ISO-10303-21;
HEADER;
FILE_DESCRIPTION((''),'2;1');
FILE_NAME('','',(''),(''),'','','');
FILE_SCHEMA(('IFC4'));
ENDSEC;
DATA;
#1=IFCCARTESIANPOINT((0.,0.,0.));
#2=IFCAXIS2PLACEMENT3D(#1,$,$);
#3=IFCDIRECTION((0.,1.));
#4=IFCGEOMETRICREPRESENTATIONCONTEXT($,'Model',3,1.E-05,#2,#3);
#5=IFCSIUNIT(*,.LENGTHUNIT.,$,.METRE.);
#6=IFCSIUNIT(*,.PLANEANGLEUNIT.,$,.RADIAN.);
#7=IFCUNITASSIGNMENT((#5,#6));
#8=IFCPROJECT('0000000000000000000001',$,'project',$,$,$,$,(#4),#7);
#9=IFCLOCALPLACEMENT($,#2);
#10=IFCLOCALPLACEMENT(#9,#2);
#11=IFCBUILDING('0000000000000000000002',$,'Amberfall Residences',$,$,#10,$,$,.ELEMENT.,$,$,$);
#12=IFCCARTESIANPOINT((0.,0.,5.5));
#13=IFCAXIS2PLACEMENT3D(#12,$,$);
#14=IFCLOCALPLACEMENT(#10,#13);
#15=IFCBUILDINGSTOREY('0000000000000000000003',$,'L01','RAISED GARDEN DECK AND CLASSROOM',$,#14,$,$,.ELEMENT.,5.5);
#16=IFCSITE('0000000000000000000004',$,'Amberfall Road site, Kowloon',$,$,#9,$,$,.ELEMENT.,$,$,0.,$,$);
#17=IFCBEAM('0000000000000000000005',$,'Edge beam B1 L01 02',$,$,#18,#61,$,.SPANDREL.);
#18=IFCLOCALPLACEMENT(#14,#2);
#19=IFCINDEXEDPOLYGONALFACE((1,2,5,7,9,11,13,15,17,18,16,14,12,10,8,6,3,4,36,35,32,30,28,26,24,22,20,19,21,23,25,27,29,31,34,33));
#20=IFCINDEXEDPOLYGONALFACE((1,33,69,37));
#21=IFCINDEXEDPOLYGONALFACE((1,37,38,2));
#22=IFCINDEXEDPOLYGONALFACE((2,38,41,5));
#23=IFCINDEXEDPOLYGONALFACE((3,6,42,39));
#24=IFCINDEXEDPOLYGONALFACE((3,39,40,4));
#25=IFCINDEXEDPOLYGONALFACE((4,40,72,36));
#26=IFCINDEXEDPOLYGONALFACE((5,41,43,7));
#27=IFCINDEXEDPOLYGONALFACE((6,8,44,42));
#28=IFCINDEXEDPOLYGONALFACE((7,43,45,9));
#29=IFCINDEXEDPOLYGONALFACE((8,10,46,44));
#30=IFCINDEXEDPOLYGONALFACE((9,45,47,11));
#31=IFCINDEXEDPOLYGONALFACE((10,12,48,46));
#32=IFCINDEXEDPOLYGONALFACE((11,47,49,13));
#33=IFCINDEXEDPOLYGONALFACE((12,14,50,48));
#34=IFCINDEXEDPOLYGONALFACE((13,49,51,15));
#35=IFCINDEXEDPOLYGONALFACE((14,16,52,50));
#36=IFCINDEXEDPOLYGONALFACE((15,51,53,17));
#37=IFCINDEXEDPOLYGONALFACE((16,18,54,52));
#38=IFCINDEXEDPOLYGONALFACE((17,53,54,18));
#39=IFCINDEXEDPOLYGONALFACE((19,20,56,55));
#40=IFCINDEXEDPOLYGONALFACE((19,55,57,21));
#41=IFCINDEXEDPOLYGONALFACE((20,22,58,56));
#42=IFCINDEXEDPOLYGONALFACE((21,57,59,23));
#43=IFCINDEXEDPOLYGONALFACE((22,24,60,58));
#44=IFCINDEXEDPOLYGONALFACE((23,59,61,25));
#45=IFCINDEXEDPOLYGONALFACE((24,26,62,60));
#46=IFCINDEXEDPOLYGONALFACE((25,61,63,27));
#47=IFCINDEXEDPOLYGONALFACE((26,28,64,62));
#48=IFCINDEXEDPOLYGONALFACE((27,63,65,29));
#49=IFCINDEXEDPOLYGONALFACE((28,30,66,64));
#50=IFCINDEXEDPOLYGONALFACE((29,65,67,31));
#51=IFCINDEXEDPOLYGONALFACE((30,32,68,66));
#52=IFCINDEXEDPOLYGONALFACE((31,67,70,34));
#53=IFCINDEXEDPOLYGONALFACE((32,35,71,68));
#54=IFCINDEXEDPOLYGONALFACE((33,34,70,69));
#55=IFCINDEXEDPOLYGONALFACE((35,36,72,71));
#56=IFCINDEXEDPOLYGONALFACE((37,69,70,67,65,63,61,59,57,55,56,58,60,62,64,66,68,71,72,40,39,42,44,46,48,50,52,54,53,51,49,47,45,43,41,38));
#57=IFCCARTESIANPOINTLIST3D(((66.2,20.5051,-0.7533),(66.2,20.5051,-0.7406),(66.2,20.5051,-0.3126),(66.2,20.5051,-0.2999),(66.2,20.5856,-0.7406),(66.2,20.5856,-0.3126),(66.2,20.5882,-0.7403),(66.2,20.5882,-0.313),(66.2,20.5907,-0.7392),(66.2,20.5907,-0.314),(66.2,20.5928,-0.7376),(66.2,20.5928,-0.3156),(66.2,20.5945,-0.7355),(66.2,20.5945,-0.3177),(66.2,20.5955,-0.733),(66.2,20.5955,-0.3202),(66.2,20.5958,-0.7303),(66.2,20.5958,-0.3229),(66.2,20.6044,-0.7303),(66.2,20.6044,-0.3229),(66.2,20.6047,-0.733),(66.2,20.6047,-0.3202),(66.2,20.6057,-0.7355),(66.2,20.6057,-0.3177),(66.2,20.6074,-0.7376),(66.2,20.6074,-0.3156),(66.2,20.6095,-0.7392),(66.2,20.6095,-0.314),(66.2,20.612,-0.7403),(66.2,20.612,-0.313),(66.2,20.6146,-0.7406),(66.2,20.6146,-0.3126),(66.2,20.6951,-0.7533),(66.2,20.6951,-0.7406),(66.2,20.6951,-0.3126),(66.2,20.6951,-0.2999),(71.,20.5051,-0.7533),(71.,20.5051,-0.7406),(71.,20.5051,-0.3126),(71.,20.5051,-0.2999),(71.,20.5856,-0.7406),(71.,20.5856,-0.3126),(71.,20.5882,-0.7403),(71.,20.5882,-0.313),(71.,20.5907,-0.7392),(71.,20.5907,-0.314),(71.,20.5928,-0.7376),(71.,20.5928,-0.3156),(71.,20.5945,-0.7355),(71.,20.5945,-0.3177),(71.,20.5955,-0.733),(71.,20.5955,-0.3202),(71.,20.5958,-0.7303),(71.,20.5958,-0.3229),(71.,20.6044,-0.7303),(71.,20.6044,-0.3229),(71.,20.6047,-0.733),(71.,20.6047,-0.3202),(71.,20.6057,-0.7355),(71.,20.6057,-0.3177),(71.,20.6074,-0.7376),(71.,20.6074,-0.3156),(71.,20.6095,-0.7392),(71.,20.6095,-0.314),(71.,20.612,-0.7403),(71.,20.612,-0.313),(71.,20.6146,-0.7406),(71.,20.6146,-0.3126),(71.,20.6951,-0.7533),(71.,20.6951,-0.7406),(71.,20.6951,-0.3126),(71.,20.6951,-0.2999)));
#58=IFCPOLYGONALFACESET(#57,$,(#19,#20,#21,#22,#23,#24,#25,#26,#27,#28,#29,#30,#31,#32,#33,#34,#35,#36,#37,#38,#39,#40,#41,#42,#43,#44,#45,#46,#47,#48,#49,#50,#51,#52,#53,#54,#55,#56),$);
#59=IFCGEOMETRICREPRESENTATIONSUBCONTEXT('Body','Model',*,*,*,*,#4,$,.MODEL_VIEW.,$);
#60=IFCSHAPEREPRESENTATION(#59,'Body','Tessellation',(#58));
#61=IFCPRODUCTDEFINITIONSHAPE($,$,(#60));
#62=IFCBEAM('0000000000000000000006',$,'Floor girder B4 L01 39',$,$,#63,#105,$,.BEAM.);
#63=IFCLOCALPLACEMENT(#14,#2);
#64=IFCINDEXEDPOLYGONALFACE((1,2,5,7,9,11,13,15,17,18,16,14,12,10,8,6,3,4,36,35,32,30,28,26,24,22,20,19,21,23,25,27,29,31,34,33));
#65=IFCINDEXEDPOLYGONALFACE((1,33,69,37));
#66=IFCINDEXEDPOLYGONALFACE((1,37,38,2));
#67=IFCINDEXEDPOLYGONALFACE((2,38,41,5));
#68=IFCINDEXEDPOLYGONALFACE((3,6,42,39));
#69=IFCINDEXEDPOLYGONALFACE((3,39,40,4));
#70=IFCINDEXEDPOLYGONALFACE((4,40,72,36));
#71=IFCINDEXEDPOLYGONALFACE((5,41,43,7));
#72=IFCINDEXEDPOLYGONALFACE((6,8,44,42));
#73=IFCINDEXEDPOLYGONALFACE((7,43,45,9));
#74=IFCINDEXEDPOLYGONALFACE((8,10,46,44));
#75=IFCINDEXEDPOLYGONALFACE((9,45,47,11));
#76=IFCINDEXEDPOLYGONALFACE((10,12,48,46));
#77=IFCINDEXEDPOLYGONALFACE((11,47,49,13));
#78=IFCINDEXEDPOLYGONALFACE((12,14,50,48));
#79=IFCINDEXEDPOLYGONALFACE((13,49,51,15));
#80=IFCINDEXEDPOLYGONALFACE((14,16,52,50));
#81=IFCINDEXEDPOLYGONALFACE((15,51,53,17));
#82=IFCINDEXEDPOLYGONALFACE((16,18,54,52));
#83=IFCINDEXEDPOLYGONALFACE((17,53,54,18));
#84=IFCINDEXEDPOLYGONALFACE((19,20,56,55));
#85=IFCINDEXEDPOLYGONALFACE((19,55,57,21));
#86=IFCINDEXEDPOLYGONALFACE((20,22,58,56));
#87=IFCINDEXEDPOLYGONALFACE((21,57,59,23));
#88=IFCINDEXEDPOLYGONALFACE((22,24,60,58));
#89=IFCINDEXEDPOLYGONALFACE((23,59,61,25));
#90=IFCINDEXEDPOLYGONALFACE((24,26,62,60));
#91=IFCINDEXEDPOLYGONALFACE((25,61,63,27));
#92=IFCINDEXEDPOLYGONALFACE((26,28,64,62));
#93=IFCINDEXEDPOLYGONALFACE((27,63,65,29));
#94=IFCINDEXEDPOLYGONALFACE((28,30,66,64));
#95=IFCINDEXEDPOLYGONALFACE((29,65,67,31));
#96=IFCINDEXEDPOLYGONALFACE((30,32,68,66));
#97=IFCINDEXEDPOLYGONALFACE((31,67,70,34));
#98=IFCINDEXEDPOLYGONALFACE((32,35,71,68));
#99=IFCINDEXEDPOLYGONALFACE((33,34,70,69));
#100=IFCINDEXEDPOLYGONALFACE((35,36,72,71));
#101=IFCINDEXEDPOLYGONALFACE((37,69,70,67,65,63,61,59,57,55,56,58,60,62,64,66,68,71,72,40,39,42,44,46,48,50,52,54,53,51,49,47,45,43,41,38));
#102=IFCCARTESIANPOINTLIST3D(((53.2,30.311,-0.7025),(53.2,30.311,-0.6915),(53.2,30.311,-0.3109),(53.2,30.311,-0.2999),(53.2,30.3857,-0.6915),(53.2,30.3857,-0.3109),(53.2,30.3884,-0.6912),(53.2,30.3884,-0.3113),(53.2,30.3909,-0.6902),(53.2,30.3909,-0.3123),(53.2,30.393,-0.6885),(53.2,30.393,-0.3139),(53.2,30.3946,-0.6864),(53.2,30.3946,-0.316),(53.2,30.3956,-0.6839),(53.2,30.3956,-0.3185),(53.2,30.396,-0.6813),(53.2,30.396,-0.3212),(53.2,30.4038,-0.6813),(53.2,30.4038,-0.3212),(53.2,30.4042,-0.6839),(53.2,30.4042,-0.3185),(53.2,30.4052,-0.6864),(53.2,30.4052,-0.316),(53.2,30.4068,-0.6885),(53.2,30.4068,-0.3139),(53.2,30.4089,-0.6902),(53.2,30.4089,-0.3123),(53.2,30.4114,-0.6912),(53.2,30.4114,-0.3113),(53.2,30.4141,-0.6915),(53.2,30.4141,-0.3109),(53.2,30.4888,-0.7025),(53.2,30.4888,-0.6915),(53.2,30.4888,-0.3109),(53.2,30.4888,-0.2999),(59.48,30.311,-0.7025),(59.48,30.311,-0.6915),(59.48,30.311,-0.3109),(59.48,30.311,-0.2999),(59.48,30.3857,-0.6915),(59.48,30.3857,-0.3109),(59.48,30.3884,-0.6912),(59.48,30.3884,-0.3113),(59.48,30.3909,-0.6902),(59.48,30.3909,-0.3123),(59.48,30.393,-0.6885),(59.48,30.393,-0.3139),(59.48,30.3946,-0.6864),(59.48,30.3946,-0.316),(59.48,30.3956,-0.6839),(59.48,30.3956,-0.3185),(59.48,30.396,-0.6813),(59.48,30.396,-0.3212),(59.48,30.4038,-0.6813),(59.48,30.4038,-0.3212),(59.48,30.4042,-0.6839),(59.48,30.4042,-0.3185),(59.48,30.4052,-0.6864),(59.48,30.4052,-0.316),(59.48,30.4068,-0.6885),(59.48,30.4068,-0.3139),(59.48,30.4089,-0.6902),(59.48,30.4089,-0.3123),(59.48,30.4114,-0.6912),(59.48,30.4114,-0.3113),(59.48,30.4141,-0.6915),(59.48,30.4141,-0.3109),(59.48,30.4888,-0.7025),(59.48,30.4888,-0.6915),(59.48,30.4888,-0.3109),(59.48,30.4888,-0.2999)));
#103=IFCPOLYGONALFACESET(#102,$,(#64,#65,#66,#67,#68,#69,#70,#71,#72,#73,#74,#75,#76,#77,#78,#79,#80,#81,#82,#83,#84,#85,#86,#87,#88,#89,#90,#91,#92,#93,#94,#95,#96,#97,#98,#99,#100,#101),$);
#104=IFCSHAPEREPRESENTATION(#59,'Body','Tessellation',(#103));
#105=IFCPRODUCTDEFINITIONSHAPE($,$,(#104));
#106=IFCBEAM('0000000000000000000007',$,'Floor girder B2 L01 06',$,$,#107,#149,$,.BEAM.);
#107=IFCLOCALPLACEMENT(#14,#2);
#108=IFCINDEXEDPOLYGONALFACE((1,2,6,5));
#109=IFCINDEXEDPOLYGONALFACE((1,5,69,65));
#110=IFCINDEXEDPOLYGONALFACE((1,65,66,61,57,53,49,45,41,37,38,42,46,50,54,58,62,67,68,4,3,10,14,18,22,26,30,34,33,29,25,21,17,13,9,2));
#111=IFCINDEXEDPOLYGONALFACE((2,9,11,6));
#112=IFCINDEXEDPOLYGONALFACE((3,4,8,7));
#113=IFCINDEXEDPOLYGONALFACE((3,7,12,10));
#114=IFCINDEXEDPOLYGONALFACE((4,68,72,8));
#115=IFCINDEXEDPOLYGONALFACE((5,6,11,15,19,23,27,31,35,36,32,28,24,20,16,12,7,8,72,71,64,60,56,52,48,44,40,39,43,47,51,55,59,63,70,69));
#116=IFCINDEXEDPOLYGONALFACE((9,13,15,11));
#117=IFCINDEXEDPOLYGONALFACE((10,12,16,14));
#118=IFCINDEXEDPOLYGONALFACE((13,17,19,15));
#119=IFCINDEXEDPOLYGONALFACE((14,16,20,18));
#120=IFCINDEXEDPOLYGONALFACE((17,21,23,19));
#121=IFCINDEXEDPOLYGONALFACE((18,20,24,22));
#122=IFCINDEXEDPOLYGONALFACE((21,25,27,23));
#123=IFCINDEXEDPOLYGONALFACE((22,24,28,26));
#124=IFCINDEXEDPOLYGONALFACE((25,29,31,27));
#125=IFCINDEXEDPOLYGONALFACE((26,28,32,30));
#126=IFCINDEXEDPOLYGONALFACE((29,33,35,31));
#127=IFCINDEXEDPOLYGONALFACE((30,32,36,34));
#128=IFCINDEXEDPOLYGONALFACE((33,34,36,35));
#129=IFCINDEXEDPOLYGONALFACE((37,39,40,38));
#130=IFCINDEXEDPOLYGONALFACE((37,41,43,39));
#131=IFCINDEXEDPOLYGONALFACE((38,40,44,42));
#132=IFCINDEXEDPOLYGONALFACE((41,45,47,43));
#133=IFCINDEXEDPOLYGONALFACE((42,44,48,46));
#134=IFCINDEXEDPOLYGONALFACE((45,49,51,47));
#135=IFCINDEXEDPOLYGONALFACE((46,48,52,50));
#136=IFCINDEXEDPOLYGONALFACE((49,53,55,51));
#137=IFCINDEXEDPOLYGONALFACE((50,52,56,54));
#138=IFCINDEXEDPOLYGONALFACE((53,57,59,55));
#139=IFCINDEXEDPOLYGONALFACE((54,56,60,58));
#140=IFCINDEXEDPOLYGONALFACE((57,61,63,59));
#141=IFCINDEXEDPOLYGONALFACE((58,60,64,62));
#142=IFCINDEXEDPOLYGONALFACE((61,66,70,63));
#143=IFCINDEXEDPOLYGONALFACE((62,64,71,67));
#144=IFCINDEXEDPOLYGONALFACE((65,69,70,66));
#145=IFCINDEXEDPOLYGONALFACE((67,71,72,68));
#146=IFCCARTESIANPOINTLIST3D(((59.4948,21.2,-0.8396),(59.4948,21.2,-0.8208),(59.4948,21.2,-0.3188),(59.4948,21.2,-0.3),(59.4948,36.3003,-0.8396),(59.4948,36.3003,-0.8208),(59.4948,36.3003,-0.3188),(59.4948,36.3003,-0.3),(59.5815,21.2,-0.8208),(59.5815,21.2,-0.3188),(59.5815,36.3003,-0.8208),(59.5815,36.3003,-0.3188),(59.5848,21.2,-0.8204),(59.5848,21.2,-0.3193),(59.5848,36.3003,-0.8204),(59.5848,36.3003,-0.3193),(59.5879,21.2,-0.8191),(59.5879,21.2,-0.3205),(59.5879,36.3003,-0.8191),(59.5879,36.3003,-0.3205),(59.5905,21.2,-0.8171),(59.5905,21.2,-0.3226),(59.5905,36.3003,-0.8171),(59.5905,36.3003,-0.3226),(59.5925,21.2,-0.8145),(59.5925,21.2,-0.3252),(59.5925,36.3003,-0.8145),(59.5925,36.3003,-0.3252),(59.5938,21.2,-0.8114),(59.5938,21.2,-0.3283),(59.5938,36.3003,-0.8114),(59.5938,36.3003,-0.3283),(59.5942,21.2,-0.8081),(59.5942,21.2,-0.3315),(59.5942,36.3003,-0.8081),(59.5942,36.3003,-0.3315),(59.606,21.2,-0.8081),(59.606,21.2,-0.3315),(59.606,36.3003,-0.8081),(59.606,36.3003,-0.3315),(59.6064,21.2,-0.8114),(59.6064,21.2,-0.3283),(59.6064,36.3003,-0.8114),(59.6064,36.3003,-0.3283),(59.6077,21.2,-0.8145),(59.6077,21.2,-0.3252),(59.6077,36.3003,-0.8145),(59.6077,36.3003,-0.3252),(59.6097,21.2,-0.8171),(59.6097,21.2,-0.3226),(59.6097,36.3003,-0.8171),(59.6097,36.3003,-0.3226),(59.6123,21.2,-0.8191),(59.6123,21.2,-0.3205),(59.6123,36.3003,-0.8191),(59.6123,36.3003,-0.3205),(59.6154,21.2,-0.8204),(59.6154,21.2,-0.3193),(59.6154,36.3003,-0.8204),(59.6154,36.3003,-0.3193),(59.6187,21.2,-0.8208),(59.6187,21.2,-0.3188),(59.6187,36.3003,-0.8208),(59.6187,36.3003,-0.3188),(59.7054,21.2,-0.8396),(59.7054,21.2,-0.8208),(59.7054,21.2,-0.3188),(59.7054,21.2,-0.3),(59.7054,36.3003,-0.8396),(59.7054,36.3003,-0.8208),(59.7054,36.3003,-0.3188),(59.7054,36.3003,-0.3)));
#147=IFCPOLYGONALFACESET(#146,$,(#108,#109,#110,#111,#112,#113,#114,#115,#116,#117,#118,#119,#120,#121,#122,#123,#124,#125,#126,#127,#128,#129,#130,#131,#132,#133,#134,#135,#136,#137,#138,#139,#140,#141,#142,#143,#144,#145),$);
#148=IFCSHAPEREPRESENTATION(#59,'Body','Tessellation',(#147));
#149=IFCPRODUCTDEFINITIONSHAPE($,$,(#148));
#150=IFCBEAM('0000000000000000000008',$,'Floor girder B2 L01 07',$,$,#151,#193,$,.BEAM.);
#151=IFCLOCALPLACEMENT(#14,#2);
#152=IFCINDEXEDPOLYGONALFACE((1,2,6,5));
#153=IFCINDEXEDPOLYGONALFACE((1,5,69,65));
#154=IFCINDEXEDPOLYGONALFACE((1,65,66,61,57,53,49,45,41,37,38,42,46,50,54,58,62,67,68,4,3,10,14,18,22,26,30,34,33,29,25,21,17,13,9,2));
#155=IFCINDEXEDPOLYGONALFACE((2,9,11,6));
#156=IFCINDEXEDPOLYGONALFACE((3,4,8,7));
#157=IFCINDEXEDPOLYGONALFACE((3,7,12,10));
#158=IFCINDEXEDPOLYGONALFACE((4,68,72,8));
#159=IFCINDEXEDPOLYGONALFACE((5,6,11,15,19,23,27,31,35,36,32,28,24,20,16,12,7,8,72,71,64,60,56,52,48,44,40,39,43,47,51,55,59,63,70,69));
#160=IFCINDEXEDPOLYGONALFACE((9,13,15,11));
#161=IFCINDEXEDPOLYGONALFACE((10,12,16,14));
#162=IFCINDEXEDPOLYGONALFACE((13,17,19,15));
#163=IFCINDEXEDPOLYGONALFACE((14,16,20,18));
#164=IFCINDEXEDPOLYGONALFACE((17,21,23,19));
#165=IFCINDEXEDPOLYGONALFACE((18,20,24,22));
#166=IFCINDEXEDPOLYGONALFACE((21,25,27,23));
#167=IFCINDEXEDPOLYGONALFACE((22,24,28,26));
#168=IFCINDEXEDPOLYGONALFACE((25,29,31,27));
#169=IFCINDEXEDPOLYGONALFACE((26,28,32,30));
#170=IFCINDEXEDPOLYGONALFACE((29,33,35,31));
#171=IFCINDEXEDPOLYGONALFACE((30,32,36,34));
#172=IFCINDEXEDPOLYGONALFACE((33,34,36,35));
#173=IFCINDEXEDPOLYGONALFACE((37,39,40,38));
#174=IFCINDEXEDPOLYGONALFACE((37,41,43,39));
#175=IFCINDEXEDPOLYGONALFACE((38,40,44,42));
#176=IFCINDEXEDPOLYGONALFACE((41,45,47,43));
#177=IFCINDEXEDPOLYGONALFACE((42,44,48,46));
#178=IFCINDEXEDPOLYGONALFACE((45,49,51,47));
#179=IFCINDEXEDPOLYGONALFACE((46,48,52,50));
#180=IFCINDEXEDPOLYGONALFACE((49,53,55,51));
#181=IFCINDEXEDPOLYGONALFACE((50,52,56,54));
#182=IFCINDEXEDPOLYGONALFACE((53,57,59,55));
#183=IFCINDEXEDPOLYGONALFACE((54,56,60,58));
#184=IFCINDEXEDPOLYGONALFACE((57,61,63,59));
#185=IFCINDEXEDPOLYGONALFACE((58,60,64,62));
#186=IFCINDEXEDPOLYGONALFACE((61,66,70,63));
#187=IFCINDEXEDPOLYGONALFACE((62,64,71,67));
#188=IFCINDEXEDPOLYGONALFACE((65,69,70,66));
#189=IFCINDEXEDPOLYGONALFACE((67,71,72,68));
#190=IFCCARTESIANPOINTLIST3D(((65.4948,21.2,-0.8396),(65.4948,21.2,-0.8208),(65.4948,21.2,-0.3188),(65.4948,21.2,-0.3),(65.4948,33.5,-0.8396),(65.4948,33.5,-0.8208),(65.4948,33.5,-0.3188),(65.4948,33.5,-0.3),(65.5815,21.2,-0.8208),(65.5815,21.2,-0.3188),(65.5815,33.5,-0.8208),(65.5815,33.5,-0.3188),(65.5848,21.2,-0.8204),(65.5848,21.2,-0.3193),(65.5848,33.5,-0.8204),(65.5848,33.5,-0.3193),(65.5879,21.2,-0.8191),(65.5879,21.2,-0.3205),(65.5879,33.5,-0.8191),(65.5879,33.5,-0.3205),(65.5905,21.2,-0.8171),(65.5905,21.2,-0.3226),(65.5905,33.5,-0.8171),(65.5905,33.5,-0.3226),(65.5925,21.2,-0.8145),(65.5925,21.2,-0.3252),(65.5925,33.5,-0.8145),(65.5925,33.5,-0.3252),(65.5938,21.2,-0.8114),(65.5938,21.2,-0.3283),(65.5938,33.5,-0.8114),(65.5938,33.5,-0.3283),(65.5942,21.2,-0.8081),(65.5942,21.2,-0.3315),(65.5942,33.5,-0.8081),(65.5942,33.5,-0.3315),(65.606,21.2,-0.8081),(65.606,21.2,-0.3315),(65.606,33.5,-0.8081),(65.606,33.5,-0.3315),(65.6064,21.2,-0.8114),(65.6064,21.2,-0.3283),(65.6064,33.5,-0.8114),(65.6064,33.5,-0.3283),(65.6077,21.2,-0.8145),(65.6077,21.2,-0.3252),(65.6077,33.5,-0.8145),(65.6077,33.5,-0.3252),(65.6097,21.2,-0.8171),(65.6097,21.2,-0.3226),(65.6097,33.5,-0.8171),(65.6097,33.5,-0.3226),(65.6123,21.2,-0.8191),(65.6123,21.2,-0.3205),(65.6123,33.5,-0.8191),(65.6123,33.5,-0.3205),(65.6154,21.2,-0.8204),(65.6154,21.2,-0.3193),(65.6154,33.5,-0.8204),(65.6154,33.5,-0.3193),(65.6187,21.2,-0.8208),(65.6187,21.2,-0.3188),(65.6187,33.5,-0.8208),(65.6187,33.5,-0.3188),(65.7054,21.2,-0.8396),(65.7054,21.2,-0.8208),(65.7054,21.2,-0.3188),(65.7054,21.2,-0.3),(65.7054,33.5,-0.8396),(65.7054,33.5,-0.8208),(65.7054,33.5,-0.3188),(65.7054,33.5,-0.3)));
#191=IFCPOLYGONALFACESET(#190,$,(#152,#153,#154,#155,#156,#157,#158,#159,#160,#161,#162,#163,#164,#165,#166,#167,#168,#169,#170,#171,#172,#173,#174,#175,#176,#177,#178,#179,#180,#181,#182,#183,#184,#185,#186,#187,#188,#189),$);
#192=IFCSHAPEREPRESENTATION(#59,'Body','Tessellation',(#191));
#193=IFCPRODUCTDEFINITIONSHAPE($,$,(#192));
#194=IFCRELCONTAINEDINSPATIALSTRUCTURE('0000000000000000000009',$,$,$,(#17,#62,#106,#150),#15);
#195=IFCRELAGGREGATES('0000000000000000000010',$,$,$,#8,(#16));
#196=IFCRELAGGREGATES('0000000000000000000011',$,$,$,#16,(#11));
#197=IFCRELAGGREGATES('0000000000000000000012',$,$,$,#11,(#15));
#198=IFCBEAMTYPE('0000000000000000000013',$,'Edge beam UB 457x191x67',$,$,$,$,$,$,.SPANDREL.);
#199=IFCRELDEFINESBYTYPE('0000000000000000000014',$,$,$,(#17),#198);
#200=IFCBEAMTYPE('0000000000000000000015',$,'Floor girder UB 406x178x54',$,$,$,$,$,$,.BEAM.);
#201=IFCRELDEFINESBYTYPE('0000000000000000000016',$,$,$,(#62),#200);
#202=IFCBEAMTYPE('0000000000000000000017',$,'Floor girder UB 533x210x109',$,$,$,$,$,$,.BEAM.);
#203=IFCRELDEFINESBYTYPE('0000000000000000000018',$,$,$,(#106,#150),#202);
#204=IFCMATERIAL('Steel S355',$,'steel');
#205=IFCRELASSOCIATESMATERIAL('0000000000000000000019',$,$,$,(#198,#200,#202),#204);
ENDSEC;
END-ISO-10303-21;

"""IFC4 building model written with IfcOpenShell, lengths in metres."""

from ifc_helpers import new_model, si_unit, direction, frame, origin, origin_2d, place, context, subcontext, project, spatial, i_section, extrude, material, material_profile, profile_set, type_object, element, save


model = new_model("IFC4")

# Units and contexts
model_context = context("Model", 3, precision=1e-05, world=origin(), true_north=direction((0.0, 1.0)))
body_context = subcontext(model_context, "Body", "Model", "MODEL_VIEW")
ifc_project = project(units=[si_unit("LENGTHUNIT", "METRE"), si_unit("PLANEANGLEUNIT", "RADIAN")], contexts=[model_context])

# Site, building, storey
site_placement = place(None, origin())
site = spatial("IfcSite", under=ifc_project, at=site_placement, Name="Amberfall Road site, Kowloon", CompositionType="ELEMENT", RefElevation=0.0)
building_placement = place(site_placement, origin())
building = spatial("IfcBuilding", under=site, at=building_placement, Name="Amberfall Residences", CompositionType="ELEMENT")
storey_placement = place(building_placement, frame((0.0, 0.0, 5.5)))
storey = spatial("IfcBuildingStorey", under=building, at=storey_placement, Name="L01", Description="RAISED GARDEN DECK AND CLASSROOM", CompositionType="ELEMENT", Elevation=5.5)

# Beams
ifc_material_1 = material(Name="Steel S355", Category="steel")
ifc_material_profile_1 = material_profile(ifc_material_1, i_section(OverallWidth=0.1899, OverallDepth=0.4534, WebThickness=0.0085, FlangeThickness=0.0127, FilletRadius=0.0103, at=origin_2d()), Name="UB 457x191x67")
ifc_profile_set_1 = profile_set([ifc_material_profile_1], Name="Steel S355")
beam_type_1 = type_object("IfcBeamType", Name="Edge beam UB 457x191x67", PredefinedType="SPANDREL", material=ifc_profile_set_1)
for number, where, z_axis, x_axis, name in (
    (1, (66.2, 20.6001, -0.5266), (1.0, 0.0, 0.0), (0.0, 1.0, 0.0), "Edge beam B1 L01 02"),
):
    element("IfcBeam", number, at=place(storey_placement, frame(where, z_axis=z_axis, x_axis=x_axis)), inside=storey, type_object=beam_type_1, Name=name, PredefinedType="SPANDREL", context=body_context, shape_type="SweptSolid", body=[
        extrude(i_section(OverallWidth=0.1899, OverallDepth=0.4534, WebThickness=0.0085, FlangeThickness=0.0127, FilletRadius=0.0103, at=origin_2d()), origin(), (0.0, 0.0, 1.0), 4.8),
    ])
ifc_material_profile_2 = material_profile(ifc_material_1, i_section(OverallWidth=0.1777, OverallDepth=0.4026, WebThickness=0.0078, FlangeThickness=0.011, FilletRadius=0.0103, at=origin_2d()), Name="UB 406x178x54")
ifc_profile_set_2 = profile_set([ifc_material_profile_2], Name="Steel S355")
beam_type_2 = type_object("IfcBeamType", Name="Floor girder UB 406x178x54", PredefinedType="BEAM", material=ifc_profile_set_2)
beam_1_placement = place(storey_placement, frame((53.2, 30.3999, -0.5012), z_axis=(1.0, 0.0, 0.0), x_axis=(0.0, 1.0, 0.0)))
element("IfcBeam", 2, at=beam_1_placement, inside=storey, type_object=beam_type_2, Name="Floor girder B4 L01 39", PredefinedType="BEAM", context=body_context, shape_type="SweptSolid", body=[
    extrude(i_section(OverallWidth=0.1777, OverallDepth=0.4026, WebThickness=0.0078, FlangeThickness=0.011, FilletRadius=0.0103, at=origin_2d()), origin(), (0.0, 0.0, 1.0), 6.28),
])
ifc_material_profile_3 = material_profile(ifc_material_1, i_section(OverallWidth=0.2107, OverallDepth=0.5396, WebThickness=0.0117, FlangeThickness=0.0188, FilletRadius=0.0127, at=origin_2d()), Name="UB 533x210x109")
ifc_profile_set_3 = profile_set([ifc_material_profile_3], Name="Steel S355")
beam_type_3 = type_object("IfcBeamType", Name="Floor girder UB 533x210x109", PredefinedType="BEAM", material=ifc_profile_set_3)
beam_2_placement = place(storey_placement, frame((59.6001, 21.2, -0.5698), z_axis=(0.0, 1.0, 0.0), x_axis=(-1.0, 0.0, 0.0)))
element("IfcBeam", 3, at=beam_2_placement, inside=storey, type_object=beam_type_3, Name="Floor girder B2 L01 06", PredefinedType="BEAM", context=body_context, shape_type="SweptSolid", body=[
    extrude(i_section(OverallWidth=0.2107, OverallDepth=0.5396, WebThickness=0.0117, FlangeThickness=0.0188, FilletRadius=0.0127, at=origin_2d()), origin(), (0.0, 0.0, 1.0), 15.1003),
])
beam_3_placement = place(storey_placement, frame((65.6001, 21.2, -0.5698), z_axis=(0.0, 1.0, 0.0), x_axis=(-1.0, 0.0, 0.0)))
element("IfcBeam", 4, at=beam_3_placement, inside=storey, type_object=beam_type_3, Name="Floor girder B2 L01 07", PredefinedType="BEAM", context=body_context, shape_type="SweptSolid", body=[
    extrude(i_section(OverallWidth=0.2107, OverallDepth=0.5396, WebThickness=0.0117, FlangeThickness=0.0188, FilletRadius=0.0127, at=origin_2d()), origin(), (0.0, 0.0, 1.0), 12.3),
])

save(model, "model.ifc")
